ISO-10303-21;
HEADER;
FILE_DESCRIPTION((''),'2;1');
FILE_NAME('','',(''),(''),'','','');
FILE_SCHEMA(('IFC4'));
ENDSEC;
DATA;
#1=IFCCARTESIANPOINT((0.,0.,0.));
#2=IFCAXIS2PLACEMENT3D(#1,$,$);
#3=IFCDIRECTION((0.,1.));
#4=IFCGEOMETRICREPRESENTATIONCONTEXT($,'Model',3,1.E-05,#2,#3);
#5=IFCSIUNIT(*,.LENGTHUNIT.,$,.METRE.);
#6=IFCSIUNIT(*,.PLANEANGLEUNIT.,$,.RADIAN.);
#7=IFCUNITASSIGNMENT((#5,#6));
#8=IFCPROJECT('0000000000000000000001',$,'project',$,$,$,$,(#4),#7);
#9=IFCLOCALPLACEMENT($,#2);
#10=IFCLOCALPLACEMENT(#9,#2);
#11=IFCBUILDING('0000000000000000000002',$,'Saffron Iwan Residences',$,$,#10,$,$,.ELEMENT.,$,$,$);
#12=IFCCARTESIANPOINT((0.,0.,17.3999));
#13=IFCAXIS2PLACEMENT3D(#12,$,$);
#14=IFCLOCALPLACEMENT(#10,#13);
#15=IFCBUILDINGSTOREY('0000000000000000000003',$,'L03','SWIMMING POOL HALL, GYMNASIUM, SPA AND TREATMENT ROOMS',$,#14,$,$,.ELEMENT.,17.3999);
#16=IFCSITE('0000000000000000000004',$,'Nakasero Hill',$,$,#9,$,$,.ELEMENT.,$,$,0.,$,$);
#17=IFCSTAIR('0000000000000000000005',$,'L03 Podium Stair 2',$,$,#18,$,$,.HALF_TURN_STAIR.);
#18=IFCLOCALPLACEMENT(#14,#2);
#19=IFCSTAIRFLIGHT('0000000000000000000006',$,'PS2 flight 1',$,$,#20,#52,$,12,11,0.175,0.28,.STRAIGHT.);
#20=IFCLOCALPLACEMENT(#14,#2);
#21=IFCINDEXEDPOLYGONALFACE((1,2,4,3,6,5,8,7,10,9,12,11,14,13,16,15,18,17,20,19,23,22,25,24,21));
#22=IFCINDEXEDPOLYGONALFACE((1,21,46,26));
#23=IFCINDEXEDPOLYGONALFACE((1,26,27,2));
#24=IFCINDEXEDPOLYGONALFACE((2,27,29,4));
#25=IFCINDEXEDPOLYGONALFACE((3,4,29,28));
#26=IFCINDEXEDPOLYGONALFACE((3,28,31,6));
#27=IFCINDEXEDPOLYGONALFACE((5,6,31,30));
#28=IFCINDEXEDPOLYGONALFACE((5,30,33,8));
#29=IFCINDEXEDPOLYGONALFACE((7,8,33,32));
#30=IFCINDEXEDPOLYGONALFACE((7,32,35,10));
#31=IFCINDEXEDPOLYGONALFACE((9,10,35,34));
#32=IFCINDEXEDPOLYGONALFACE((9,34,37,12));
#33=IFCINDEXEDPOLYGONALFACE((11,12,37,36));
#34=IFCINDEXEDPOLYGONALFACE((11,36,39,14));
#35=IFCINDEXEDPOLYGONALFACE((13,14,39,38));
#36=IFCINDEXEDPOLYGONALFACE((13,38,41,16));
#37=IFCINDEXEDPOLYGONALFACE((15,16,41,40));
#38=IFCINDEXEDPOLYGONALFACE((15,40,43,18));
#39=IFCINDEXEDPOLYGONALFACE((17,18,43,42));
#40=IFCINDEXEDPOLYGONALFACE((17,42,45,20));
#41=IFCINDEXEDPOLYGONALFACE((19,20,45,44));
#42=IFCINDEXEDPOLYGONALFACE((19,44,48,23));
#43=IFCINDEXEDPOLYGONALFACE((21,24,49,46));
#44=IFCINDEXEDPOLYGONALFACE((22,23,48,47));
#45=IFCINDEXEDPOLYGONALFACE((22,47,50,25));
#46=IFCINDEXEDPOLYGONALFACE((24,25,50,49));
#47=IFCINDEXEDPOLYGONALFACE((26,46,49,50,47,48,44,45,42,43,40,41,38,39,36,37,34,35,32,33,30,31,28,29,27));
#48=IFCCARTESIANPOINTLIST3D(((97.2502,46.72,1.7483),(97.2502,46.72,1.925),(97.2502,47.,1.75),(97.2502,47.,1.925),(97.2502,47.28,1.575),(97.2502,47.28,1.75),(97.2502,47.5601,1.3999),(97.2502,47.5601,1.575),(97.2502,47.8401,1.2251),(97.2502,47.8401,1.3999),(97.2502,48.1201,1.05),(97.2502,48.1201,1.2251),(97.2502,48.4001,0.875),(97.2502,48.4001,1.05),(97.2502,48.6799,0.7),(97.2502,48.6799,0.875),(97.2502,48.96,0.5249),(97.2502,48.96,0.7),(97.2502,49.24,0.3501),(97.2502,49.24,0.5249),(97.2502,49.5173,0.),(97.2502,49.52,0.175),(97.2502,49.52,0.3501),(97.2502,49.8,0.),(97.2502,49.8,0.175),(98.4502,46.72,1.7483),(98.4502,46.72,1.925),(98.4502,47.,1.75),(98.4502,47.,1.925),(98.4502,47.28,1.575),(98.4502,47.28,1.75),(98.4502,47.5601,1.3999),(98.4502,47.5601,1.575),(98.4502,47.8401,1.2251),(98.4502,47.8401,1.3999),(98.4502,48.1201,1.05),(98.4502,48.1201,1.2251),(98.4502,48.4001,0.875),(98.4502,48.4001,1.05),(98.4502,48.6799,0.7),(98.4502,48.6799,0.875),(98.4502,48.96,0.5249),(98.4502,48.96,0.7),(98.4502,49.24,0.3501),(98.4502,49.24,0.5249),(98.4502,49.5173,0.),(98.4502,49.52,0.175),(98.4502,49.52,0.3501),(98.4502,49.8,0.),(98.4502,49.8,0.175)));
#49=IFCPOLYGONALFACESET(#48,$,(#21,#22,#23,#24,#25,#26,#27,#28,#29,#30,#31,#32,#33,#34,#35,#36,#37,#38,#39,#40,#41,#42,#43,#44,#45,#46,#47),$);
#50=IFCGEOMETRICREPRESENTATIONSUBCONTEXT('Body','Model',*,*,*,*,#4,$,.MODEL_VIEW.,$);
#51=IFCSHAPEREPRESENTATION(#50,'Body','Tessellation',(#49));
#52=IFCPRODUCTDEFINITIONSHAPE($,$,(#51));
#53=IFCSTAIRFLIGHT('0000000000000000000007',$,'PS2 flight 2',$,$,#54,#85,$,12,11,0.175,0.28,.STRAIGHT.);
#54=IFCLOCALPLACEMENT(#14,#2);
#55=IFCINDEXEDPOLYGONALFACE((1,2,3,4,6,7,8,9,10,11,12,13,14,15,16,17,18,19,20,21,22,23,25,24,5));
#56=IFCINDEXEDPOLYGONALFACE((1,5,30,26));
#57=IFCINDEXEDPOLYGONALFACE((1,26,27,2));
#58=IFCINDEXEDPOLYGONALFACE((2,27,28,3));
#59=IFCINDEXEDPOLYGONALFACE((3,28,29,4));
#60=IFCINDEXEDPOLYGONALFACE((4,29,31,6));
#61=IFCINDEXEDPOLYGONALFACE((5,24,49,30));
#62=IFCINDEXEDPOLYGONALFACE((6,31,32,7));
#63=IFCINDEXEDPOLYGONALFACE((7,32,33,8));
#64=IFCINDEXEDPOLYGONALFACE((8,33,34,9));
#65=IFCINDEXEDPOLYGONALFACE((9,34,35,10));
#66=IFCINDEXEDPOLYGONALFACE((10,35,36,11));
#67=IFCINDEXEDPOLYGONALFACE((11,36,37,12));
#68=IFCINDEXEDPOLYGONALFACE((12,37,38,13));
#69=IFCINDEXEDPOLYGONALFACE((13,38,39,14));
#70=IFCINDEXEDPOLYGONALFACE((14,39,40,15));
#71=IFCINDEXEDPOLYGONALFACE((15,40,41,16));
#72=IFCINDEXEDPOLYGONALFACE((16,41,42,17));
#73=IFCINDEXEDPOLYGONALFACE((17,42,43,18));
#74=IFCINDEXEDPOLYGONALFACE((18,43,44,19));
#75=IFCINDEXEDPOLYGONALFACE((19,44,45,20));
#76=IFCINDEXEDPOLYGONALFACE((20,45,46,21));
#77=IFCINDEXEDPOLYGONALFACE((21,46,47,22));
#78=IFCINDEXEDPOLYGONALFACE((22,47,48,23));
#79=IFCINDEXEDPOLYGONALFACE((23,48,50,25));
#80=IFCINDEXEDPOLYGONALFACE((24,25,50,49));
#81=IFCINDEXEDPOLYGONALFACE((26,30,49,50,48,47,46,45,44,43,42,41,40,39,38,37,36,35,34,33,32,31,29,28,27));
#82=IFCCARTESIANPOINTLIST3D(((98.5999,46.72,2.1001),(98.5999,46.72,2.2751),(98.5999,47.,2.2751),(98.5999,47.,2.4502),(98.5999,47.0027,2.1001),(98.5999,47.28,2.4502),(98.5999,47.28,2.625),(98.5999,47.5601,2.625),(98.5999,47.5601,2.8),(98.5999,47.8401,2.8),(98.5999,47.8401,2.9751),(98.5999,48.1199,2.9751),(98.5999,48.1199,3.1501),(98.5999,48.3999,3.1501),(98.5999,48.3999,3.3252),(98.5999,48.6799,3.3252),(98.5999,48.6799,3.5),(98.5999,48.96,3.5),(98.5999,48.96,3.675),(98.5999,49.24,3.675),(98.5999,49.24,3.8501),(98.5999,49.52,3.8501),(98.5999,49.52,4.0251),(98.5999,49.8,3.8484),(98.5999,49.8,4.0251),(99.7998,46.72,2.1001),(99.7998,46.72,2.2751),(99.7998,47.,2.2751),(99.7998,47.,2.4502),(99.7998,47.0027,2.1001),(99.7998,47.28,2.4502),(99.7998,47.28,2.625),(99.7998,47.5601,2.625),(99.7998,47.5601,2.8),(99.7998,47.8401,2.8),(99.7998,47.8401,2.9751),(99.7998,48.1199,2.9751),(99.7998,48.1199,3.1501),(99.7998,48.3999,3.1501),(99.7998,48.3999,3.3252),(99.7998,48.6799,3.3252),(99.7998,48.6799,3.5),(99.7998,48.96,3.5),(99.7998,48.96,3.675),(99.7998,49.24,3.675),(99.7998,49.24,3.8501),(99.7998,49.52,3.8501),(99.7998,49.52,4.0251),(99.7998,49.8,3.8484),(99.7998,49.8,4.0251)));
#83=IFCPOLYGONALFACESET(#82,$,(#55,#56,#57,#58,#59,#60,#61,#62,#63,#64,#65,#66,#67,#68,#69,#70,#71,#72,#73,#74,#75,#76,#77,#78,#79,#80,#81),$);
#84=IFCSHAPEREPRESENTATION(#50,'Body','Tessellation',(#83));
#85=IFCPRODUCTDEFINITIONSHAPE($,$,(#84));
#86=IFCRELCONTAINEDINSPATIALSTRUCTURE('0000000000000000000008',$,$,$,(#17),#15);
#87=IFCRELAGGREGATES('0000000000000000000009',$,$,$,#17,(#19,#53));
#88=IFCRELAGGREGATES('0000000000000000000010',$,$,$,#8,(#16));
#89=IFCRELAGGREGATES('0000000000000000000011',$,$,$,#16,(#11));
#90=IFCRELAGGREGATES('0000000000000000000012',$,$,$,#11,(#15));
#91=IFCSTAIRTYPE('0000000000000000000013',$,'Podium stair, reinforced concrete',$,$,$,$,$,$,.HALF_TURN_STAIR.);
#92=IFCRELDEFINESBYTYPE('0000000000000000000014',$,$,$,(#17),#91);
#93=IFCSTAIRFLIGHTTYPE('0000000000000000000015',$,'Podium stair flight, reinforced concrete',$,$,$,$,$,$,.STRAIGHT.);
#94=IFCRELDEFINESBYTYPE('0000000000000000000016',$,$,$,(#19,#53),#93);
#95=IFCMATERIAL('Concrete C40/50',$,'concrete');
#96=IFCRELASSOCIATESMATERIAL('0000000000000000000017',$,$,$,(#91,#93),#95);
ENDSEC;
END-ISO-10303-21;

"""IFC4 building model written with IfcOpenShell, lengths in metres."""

from ifc_helpers import new_model, si_unit, direction, frame, origin, place, context, subcontext, project, spatial, polyline, outline, extrude, material, type_object, element, aggregate, save


model = new_model("IFC4")

# Units and contexts
model_context = context("Model", 3, precision=1e-05, world=origin(), true_north=direction((0.0, 1.0)))
body_context = subcontext(model_context, "Body", "Model", "MODEL_VIEW")
ifc_project = project(units=[si_unit("LENGTHUNIT", "METRE"), si_unit("PLANEANGLEUNIT", "RADIAN")], contexts=[model_context])

# Site, building, storey
site_placement = place(None, origin())
site = spatial("IfcSite", under=ifc_project, at=site_placement, Name="Nakasero Hill", CompositionType="ELEMENT", RefElevation=0.0)
building_placement = place(site_placement, origin())
building = spatial("IfcBuilding", under=site, at=building_placement, Name="Saffron Iwan Residences", CompositionType="ELEMENT")
storey_placement = place(building_placement, frame((0.0, 0.0, 17.3999)))
storey = spatial("IfcBuildingStorey", under=building, at=storey_placement, Name="L03", Description="SWIMMING POOL HALL, GYMNASIUM, SPA AND TREATMENT ROOMS", CompositionType="ELEMENT", Elevation=17.3999)

# Shared definitions
ifc_material_1 = material(Name="Concrete C40/50", Category="concrete")

# Stair, stair flights
stair_type = type_object("IfcStairType", Name="Podium stair, reinforced concrete", PredefinedType="HALF_TURN_STAIR", material=ifc_material_1)
stair_placement = place(storey_placement, origin())
stair = element("IfcStair", 1, at=stair_placement, inside=storey, type_object=stair_type, Name="L03 Podium Stair 2", PredefinedType="HALF_TURN_STAIR")
stair_flight_type = type_object("IfcStairFlightType", Name="Podium stair flight, reinforced concrete", PredefinedType="STRAIGHT", material=ifc_material_1)
stair_flight_1_placement = place(storey_placement, frame((97.8501, 49.8, 0.0), z_axis=(0.0, 0.0, 1.0), x_axis=(0.0, -1.0, 0.0)))
stair_flight_1 = element("IfcStairFlight", 2, at=stair_flight_1_placement, type_object=stair_flight_type, Name="PS2 flight 1", NumberOfRisers=12, NumberOfTreads=11, PredefinedType="STRAIGHT", RiserHeight=0.175, TreadLength=0.28, context=body_context, shape_type="SweptSolid", body=[
    extrude(outline(polyline([(0.0, 0.0), (0.0, 0.175), (0.28, 0.175), (0.28, 0.3501), (0.5601, 0.3501), (0.5601, 0.5249), (0.8401, 0.5249), (0.8401, 0.7), (1.1201, 0.7), (1.1201, 0.875), (1.3999, 0.875), (1.3999, 1.05), (1.6799, 1.05), (1.6799, 1.2251), (1.96, 1.2251), (1.96, 1.3999), (2.24, 1.3999), (2.24, 1.575), (2.52, 1.575), (2.52, 1.75), (2.8, 1.75), (2.8, 1.925), (3.0801, 1.925), (3.0801, 2.1001), (3.0801, 1.7483), (0.2827, 0.0), (0.0, 0.0)])), frame((0.0, 0.6001, 0.0), z_axis=(0.0, -1.0, 0.0), x_axis=(1.0, 0.0, 0.0)), (0.0, 0.0, 1.0), 1.2),
])
stair_flight_2_placement = place(storey_placement, frame((99.2, 46.72, 2.1001), z_axis=(0.0, 0.0, 1.0), x_axis=(0.0, 1.0, 0.0)))
stair_flight_2 = element("IfcStairFlight", 3, at=stair_flight_2_placement, type_object=stair_flight_type, Name="PS2 flight 2", NumberOfRisers=12, NumberOfTreads=11, PredefinedType="STRAIGHT", RiserHeight=0.175, TreadLength=0.28, context=body_context, shape_type="SweptSolid", body=[
    extrude(outline(polyline([(0.0, 0.0), (0.0, 0.175), (0.28, 0.175), (0.28, 0.3501), (0.5601, 0.3501), (0.5601, 0.5249), (0.8401, 0.5249), (0.8401, 0.7), (1.1201, 0.7), (1.1201, 0.875), (1.3999, 0.875), (1.3999, 1.05), (1.6799, 1.05), (1.6799, 1.2251), (1.96, 1.2251), (1.96, 1.3999), (2.24, 1.3999), (2.24, 1.575), (2.52, 1.575), (2.52, 1.75), (2.8, 1.75), (2.8, 1.925), (3.0801, 1.925), (3.0801, 2.1001), (3.0801, 1.7483), (0.2827, 0.0), (0.0, 0.0)])), frame((0.0, 0.6001, 0.0), z_axis=(0.0, -1.0, 0.0), x_axis=(1.0, 0.0, 0.0)), (0.0, 0.0, 1.0), 1.2),
])
aggregate(stair, [stair_flight_1, stair_flight_2])

save(model, "model.ifc")
